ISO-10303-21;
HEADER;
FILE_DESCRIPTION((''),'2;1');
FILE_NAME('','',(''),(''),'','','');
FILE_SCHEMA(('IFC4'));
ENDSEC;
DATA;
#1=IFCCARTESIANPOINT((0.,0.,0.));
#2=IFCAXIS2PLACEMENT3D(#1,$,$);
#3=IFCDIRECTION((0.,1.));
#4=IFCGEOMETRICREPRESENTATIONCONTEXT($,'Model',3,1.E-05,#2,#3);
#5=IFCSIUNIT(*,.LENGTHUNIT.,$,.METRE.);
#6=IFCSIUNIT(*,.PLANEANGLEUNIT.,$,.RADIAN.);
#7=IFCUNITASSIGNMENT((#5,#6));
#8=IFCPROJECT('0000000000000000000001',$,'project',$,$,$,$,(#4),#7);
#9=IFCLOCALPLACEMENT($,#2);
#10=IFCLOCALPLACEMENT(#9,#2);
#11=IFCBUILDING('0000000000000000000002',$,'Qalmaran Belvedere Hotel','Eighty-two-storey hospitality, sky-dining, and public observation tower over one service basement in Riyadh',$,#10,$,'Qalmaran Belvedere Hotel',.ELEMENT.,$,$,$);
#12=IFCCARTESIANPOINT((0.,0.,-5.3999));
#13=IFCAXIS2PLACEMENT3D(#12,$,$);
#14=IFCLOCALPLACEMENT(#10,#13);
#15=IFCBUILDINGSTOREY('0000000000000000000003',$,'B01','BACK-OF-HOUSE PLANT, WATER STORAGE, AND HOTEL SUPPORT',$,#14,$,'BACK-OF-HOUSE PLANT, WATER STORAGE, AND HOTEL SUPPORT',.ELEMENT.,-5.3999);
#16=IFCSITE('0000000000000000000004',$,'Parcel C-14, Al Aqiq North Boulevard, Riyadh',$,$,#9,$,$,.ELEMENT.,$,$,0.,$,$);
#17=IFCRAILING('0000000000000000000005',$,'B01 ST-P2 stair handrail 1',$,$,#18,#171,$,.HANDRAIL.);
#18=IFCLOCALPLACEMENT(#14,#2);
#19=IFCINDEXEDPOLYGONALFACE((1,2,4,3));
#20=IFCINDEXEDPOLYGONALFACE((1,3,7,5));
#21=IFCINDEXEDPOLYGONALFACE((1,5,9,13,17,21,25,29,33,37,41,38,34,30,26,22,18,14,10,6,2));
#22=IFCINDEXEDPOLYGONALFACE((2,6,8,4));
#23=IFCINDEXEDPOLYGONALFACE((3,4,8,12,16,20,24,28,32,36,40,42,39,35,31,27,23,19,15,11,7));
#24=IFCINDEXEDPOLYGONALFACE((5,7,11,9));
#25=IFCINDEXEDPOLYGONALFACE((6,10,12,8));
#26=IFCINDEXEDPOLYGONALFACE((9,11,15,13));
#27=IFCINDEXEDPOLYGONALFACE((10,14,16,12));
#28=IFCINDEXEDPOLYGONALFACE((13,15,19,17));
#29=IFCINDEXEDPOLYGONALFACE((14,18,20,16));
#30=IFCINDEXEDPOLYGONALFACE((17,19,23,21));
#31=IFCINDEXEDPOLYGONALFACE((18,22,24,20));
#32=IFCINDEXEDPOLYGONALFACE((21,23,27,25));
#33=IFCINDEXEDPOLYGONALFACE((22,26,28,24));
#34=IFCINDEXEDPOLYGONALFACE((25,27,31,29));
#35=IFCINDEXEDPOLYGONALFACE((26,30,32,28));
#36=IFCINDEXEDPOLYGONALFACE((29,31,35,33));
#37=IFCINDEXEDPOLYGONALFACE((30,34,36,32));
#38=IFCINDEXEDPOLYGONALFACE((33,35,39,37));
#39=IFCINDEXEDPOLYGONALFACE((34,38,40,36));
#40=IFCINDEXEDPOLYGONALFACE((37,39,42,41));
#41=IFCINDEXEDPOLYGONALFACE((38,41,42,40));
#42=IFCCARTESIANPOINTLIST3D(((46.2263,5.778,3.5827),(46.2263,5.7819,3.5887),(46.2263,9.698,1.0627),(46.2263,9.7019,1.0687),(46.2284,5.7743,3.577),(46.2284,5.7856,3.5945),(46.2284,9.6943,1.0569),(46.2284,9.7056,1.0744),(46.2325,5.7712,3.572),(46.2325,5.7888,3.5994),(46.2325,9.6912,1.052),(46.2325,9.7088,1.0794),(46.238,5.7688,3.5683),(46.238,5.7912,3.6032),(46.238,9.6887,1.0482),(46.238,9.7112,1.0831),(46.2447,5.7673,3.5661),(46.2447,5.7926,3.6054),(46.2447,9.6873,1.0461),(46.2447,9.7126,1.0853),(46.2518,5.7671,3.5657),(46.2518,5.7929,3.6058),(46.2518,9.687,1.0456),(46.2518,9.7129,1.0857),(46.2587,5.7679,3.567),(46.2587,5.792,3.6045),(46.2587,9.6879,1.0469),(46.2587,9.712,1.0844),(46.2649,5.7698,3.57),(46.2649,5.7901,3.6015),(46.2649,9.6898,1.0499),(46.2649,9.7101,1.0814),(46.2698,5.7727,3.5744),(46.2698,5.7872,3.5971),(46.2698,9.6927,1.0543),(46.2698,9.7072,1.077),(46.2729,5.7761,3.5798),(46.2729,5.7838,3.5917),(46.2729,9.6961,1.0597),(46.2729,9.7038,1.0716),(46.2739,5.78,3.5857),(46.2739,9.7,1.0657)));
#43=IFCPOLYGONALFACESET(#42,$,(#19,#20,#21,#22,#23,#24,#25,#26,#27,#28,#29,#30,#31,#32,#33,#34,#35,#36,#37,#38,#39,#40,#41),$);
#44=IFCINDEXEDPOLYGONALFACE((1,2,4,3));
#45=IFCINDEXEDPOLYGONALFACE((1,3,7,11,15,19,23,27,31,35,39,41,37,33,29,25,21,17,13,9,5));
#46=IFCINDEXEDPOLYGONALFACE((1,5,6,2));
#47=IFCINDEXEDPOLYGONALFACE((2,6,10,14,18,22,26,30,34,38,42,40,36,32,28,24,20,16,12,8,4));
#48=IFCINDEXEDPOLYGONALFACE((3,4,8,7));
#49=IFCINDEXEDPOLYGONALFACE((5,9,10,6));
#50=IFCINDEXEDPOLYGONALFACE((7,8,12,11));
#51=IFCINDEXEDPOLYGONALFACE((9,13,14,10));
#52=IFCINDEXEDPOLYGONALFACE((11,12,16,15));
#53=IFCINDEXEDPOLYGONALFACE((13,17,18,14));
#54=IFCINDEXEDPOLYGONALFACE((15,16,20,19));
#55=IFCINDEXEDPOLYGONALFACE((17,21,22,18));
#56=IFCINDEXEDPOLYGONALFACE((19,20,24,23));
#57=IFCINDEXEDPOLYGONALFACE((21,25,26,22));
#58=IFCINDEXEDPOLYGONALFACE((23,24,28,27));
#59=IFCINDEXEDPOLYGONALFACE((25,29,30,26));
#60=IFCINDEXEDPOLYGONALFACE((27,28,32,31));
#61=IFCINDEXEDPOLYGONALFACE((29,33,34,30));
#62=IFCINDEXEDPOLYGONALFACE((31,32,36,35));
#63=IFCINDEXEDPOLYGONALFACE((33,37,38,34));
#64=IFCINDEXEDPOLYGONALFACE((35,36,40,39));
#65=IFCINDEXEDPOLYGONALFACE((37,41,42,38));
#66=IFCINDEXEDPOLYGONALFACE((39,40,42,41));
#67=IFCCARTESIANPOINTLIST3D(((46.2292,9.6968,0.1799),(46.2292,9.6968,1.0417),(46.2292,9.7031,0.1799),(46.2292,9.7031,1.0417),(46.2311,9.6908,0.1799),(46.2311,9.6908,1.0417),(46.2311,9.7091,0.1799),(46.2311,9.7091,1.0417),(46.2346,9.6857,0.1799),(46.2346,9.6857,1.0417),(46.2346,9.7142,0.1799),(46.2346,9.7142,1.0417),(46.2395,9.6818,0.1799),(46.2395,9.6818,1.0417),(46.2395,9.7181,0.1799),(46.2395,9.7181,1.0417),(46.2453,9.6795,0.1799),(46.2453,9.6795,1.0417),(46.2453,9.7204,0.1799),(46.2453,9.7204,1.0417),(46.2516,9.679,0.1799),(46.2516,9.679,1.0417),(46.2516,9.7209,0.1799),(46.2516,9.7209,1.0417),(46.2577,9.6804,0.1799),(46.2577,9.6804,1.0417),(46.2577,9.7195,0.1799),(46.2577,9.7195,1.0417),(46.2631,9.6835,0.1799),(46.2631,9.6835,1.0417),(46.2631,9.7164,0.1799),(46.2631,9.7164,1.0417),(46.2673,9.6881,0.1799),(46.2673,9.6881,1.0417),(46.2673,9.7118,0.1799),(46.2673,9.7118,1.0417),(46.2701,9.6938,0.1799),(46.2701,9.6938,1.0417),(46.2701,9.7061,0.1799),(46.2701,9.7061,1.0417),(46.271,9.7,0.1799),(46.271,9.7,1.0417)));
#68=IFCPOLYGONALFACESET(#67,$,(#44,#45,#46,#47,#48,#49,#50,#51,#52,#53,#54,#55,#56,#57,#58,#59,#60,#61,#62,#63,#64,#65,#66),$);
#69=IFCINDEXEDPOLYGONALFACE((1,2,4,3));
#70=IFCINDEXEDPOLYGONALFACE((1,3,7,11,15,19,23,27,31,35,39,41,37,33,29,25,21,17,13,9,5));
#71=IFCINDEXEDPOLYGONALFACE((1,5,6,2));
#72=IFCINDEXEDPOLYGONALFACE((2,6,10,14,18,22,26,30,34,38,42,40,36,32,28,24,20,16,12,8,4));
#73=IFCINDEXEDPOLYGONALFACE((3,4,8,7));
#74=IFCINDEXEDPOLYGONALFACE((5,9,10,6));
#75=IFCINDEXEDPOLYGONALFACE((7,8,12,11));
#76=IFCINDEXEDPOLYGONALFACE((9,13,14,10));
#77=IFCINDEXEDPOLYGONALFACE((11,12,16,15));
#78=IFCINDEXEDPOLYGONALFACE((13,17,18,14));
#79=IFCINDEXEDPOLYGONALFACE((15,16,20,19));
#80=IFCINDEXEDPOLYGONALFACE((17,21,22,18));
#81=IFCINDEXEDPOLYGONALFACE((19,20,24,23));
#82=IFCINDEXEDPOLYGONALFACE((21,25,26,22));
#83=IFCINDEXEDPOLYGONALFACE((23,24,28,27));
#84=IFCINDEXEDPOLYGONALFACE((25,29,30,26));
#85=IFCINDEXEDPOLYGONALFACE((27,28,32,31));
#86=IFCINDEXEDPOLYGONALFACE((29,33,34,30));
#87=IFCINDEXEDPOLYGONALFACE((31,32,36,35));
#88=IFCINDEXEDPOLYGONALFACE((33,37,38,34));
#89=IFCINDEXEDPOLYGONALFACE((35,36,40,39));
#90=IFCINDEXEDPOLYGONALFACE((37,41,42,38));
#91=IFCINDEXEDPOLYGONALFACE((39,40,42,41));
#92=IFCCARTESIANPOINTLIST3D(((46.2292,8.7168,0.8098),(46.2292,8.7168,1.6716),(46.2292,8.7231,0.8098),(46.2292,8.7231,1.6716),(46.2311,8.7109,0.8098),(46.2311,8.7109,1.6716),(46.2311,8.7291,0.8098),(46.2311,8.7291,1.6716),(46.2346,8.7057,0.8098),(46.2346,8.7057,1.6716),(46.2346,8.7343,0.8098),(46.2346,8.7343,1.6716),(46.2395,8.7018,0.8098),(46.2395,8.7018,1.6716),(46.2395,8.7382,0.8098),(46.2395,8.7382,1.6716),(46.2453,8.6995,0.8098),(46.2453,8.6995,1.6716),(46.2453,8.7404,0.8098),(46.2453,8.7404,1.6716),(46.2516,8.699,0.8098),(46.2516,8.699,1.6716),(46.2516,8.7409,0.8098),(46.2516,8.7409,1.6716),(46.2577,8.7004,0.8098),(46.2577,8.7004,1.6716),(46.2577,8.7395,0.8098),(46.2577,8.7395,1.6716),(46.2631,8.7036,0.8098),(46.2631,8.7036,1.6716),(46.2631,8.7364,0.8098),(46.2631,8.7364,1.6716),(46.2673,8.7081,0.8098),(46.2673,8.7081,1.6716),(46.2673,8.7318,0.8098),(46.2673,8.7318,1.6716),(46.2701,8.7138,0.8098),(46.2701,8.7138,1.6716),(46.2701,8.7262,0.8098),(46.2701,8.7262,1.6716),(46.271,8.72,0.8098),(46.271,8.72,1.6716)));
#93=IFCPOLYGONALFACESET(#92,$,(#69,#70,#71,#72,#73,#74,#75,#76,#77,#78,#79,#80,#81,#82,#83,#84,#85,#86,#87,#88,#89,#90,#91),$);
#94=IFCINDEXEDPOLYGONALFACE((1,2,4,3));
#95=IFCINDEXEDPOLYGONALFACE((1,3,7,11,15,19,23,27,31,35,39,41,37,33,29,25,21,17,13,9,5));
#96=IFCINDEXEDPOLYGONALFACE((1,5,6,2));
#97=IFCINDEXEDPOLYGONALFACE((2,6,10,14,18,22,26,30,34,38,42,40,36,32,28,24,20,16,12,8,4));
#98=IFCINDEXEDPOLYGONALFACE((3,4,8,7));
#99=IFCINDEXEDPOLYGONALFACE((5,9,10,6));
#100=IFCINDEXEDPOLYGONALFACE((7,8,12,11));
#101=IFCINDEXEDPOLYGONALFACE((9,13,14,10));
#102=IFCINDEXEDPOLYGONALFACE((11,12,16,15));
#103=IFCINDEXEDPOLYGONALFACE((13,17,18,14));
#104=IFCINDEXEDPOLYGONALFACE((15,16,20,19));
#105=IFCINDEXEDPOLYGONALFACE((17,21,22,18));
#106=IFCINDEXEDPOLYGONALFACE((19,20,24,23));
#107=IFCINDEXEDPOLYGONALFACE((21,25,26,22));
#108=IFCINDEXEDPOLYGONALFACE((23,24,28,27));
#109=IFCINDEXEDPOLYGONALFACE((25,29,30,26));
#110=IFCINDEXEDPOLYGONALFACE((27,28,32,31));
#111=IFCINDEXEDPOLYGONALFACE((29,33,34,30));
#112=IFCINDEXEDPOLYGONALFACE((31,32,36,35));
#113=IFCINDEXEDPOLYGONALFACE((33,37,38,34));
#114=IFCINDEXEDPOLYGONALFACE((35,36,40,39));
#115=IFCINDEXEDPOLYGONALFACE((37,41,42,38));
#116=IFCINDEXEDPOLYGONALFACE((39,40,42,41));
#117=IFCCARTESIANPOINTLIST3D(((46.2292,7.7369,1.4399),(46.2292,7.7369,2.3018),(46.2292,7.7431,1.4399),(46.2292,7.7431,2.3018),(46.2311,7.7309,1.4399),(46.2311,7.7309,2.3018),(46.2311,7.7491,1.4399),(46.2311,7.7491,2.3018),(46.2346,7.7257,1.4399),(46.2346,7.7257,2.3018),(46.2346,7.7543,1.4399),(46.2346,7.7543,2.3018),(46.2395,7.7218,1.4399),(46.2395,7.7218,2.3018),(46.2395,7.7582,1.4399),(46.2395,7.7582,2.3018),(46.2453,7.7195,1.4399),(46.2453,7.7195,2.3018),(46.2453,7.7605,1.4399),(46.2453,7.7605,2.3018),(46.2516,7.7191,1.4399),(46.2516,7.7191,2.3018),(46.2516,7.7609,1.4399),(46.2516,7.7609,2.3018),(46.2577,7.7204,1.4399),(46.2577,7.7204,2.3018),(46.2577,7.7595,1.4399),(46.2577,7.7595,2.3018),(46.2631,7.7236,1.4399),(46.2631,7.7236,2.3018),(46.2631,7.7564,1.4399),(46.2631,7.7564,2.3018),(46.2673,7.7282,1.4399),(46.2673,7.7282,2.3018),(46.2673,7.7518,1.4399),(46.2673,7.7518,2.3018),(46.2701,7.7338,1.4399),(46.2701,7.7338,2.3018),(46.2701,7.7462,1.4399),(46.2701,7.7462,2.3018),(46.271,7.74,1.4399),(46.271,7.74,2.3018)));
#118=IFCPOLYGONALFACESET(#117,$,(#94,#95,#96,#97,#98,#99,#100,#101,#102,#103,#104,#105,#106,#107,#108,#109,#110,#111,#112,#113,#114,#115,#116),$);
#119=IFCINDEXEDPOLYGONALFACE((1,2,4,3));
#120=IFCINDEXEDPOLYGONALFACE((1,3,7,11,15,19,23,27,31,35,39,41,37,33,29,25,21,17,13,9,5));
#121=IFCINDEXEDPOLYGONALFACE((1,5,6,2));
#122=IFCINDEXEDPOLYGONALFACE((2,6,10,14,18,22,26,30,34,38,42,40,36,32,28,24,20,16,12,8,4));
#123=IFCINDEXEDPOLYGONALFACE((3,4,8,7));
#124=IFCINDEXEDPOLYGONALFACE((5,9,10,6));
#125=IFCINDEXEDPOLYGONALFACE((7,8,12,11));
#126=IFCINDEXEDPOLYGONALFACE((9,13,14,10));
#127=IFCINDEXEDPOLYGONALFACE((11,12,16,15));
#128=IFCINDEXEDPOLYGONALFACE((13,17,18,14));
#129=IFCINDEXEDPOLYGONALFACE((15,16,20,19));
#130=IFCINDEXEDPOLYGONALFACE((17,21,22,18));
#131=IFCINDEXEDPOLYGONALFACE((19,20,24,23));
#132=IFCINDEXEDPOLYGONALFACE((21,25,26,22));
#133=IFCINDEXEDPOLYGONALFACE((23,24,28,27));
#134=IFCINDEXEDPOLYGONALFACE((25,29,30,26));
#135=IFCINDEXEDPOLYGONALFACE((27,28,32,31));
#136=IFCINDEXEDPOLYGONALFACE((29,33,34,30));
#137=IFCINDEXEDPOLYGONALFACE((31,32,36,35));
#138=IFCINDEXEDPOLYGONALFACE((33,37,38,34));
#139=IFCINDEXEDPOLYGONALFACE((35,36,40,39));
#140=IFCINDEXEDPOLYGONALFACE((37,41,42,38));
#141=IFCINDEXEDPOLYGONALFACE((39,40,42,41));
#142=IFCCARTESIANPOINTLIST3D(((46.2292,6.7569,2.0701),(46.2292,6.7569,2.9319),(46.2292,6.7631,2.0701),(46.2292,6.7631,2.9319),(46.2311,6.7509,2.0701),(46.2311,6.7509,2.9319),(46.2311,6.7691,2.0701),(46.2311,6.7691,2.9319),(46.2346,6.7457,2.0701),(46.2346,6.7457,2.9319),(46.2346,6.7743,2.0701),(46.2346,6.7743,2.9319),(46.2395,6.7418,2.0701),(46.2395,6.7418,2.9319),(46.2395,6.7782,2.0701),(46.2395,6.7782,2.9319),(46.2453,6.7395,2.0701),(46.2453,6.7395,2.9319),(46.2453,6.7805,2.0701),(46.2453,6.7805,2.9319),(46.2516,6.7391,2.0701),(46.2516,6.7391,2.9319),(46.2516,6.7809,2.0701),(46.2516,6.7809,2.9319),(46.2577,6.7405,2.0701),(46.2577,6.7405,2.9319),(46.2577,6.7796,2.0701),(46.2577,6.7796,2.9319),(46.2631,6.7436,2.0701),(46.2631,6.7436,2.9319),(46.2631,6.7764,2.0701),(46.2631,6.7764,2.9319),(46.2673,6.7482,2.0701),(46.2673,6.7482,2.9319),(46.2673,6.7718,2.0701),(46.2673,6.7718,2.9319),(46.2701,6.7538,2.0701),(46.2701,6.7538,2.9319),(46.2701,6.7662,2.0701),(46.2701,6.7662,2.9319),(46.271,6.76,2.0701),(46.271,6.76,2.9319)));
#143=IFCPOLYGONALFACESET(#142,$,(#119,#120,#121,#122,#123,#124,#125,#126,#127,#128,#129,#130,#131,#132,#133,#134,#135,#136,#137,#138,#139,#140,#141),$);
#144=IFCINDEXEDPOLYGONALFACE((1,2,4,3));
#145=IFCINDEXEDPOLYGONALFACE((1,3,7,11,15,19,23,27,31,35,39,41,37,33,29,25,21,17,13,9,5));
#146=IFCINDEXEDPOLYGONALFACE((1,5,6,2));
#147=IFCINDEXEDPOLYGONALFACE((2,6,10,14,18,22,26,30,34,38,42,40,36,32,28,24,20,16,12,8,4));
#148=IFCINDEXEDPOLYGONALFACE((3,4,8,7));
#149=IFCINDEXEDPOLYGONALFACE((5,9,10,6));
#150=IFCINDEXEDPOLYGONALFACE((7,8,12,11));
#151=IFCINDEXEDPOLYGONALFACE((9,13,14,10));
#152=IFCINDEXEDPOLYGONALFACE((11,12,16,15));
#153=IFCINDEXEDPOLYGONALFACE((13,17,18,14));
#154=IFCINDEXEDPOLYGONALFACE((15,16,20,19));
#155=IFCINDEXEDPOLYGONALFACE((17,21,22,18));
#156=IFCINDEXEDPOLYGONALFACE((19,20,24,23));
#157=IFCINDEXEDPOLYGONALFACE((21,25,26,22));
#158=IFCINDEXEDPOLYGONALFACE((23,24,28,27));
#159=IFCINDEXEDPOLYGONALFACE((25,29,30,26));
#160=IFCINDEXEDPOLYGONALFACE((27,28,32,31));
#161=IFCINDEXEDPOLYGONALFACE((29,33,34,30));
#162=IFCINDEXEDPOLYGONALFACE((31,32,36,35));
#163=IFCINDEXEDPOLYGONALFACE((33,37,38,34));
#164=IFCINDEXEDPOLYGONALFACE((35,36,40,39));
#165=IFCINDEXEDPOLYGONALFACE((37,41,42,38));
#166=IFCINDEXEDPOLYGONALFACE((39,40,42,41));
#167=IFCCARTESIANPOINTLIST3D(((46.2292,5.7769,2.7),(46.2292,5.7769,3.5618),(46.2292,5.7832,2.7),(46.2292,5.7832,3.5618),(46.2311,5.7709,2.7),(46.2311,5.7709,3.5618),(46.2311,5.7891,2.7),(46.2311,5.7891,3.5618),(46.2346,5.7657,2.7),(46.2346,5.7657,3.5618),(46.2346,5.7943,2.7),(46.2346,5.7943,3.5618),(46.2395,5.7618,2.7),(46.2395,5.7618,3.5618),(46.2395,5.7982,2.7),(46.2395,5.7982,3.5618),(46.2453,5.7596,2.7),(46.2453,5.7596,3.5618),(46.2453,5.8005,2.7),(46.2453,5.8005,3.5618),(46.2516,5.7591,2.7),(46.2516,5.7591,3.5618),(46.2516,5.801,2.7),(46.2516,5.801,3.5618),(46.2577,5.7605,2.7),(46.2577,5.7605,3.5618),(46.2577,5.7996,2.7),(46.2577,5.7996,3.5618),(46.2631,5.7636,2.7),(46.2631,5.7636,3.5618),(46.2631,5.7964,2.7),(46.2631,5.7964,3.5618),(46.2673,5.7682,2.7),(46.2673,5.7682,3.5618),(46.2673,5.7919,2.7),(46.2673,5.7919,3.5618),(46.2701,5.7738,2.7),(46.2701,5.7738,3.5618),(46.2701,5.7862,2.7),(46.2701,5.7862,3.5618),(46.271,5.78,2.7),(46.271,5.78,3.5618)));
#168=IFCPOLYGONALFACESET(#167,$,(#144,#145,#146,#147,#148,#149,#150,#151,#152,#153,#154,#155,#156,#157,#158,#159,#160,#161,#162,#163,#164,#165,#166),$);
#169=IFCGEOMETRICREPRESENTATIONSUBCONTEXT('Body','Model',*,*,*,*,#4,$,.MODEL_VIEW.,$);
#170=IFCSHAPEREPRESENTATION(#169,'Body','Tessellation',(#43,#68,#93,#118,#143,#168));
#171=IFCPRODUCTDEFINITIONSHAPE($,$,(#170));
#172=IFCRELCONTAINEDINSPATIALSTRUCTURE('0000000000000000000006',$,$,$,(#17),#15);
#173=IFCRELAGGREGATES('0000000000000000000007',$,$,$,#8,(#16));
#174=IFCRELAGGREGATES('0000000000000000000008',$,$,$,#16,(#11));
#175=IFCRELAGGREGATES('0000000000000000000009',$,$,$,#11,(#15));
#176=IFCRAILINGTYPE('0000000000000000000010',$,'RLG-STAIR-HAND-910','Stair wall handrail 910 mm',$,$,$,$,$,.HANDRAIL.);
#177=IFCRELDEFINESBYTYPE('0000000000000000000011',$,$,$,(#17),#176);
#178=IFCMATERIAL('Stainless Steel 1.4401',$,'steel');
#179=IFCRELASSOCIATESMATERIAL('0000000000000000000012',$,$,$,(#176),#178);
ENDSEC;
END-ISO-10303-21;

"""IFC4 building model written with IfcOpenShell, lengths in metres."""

from ifc_helpers import new_model, si_unit, direction, frame, origin, origin_2d, place, context, subcontext, project, spatial, circle, extrude, material, type_object, element, save


model = new_model("IFC4")

# Units and contexts
model_context = context("Model", 3, precision=1e-05, world=origin(), true_north=direction((0.0, 1.0)))
body_context = subcontext(model_context, "Body", "Model", "MODEL_VIEW")
ifc_project = project(units=[si_unit("LENGTHUNIT", "METRE"), si_unit("PLANEANGLEUNIT", "RADIAN")], contexts=[model_context])

# Site, building, storey
site_placement = place(None, origin())
site = spatial("IfcSite", under=ifc_project, at=site_placement, Name="Parcel C-14, Al Aqiq North Boulevard, Riyadh", CompositionType="ELEMENT", RefElevation=0.0)
building_placement = place(site_placement, origin())
building = spatial("IfcBuilding", under=site, at=building_placement, Name="Qalmaran Belvedere Hotel", Description="Eighty-two-storey hospitality, sky-dining, and public observation tower over one service basement in Riyadh", LongName="Qalmaran Belvedere Hotel", CompositionType="ELEMENT")
storey_placement = place(building_placement, frame((0.0, 0.0, -5.3999)))
storey = spatial("IfcBuildingStorey", under=building, at=storey_placement, Name="B01", Description="BACK-OF-HOUSE PLANT, WATER STORAGE, AND HOTEL SUPPORT", LongName="BACK-OF-HOUSE PLANT, WATER STORAGE, AND HOTEL SUPPORT", CompositionType="ELEMENT", Elevation=-5.3999)

# Railing
ifc_material_1 = material(Name="Stainless Steel 1.4401", Category="steel")
railing_type_1 = type_object("IfcRailingType", Name="RLG-STAIR-HAND-910", Description="Stair wall handrail 910 mm", PredefinedType="HANDRAIL", material=ifc_material_1)
railing_1_placement = place(storey_placement, frame((46.25, 9.7, 0.1799)))
element("IfcRailing", 1, at=railing_1_placement, inside=storey, type_object=railing_type_1, Name="B01 ST-P2 stair handrail 1", PredefinedType="HANDRAIL", context=body_context, shape_type="SweptSolid", body=[
    extrude(circle(Radius=0.0239, at=origin_2d()), frame((0.0, 0.0, 0.8857), z_axis=(0.0, -0.841172, 0.540768), x_axis=(1.0, 0.0, 0.0)), (0.0, 0.0, 1.0), 4.6602),
    extrude(circle(Radius=0.021, at=origin_2d()), origin(), (0.0, 0.0, 1.0), 0.8618),
    extrude(circle(Radius=0.021, at=origin_2d()), frame((0.0, -0.98, 0.6299)), (0.0, 0.0, 1.0), 0.8618),
    extrude(circle(Radius=0.021, at=origin_2d()), frame((0.0, -1.96, 1.26)), (0.0, 0.0, 1.0), 0.8618),
    extrude(circle(Radius=0.021, at=origin_2d()), frame((0.0, -2.9399, 1.8901)), (0.0, 0.0, 1.0), 0.8618),
    extrude(circle(Radius=0.021, at=origin_2d()), frame((0.0, -3.9199, 2.52)), (0.0, 0.0, 1.0), 0.8618),
])

save(model, "model.ifc")
